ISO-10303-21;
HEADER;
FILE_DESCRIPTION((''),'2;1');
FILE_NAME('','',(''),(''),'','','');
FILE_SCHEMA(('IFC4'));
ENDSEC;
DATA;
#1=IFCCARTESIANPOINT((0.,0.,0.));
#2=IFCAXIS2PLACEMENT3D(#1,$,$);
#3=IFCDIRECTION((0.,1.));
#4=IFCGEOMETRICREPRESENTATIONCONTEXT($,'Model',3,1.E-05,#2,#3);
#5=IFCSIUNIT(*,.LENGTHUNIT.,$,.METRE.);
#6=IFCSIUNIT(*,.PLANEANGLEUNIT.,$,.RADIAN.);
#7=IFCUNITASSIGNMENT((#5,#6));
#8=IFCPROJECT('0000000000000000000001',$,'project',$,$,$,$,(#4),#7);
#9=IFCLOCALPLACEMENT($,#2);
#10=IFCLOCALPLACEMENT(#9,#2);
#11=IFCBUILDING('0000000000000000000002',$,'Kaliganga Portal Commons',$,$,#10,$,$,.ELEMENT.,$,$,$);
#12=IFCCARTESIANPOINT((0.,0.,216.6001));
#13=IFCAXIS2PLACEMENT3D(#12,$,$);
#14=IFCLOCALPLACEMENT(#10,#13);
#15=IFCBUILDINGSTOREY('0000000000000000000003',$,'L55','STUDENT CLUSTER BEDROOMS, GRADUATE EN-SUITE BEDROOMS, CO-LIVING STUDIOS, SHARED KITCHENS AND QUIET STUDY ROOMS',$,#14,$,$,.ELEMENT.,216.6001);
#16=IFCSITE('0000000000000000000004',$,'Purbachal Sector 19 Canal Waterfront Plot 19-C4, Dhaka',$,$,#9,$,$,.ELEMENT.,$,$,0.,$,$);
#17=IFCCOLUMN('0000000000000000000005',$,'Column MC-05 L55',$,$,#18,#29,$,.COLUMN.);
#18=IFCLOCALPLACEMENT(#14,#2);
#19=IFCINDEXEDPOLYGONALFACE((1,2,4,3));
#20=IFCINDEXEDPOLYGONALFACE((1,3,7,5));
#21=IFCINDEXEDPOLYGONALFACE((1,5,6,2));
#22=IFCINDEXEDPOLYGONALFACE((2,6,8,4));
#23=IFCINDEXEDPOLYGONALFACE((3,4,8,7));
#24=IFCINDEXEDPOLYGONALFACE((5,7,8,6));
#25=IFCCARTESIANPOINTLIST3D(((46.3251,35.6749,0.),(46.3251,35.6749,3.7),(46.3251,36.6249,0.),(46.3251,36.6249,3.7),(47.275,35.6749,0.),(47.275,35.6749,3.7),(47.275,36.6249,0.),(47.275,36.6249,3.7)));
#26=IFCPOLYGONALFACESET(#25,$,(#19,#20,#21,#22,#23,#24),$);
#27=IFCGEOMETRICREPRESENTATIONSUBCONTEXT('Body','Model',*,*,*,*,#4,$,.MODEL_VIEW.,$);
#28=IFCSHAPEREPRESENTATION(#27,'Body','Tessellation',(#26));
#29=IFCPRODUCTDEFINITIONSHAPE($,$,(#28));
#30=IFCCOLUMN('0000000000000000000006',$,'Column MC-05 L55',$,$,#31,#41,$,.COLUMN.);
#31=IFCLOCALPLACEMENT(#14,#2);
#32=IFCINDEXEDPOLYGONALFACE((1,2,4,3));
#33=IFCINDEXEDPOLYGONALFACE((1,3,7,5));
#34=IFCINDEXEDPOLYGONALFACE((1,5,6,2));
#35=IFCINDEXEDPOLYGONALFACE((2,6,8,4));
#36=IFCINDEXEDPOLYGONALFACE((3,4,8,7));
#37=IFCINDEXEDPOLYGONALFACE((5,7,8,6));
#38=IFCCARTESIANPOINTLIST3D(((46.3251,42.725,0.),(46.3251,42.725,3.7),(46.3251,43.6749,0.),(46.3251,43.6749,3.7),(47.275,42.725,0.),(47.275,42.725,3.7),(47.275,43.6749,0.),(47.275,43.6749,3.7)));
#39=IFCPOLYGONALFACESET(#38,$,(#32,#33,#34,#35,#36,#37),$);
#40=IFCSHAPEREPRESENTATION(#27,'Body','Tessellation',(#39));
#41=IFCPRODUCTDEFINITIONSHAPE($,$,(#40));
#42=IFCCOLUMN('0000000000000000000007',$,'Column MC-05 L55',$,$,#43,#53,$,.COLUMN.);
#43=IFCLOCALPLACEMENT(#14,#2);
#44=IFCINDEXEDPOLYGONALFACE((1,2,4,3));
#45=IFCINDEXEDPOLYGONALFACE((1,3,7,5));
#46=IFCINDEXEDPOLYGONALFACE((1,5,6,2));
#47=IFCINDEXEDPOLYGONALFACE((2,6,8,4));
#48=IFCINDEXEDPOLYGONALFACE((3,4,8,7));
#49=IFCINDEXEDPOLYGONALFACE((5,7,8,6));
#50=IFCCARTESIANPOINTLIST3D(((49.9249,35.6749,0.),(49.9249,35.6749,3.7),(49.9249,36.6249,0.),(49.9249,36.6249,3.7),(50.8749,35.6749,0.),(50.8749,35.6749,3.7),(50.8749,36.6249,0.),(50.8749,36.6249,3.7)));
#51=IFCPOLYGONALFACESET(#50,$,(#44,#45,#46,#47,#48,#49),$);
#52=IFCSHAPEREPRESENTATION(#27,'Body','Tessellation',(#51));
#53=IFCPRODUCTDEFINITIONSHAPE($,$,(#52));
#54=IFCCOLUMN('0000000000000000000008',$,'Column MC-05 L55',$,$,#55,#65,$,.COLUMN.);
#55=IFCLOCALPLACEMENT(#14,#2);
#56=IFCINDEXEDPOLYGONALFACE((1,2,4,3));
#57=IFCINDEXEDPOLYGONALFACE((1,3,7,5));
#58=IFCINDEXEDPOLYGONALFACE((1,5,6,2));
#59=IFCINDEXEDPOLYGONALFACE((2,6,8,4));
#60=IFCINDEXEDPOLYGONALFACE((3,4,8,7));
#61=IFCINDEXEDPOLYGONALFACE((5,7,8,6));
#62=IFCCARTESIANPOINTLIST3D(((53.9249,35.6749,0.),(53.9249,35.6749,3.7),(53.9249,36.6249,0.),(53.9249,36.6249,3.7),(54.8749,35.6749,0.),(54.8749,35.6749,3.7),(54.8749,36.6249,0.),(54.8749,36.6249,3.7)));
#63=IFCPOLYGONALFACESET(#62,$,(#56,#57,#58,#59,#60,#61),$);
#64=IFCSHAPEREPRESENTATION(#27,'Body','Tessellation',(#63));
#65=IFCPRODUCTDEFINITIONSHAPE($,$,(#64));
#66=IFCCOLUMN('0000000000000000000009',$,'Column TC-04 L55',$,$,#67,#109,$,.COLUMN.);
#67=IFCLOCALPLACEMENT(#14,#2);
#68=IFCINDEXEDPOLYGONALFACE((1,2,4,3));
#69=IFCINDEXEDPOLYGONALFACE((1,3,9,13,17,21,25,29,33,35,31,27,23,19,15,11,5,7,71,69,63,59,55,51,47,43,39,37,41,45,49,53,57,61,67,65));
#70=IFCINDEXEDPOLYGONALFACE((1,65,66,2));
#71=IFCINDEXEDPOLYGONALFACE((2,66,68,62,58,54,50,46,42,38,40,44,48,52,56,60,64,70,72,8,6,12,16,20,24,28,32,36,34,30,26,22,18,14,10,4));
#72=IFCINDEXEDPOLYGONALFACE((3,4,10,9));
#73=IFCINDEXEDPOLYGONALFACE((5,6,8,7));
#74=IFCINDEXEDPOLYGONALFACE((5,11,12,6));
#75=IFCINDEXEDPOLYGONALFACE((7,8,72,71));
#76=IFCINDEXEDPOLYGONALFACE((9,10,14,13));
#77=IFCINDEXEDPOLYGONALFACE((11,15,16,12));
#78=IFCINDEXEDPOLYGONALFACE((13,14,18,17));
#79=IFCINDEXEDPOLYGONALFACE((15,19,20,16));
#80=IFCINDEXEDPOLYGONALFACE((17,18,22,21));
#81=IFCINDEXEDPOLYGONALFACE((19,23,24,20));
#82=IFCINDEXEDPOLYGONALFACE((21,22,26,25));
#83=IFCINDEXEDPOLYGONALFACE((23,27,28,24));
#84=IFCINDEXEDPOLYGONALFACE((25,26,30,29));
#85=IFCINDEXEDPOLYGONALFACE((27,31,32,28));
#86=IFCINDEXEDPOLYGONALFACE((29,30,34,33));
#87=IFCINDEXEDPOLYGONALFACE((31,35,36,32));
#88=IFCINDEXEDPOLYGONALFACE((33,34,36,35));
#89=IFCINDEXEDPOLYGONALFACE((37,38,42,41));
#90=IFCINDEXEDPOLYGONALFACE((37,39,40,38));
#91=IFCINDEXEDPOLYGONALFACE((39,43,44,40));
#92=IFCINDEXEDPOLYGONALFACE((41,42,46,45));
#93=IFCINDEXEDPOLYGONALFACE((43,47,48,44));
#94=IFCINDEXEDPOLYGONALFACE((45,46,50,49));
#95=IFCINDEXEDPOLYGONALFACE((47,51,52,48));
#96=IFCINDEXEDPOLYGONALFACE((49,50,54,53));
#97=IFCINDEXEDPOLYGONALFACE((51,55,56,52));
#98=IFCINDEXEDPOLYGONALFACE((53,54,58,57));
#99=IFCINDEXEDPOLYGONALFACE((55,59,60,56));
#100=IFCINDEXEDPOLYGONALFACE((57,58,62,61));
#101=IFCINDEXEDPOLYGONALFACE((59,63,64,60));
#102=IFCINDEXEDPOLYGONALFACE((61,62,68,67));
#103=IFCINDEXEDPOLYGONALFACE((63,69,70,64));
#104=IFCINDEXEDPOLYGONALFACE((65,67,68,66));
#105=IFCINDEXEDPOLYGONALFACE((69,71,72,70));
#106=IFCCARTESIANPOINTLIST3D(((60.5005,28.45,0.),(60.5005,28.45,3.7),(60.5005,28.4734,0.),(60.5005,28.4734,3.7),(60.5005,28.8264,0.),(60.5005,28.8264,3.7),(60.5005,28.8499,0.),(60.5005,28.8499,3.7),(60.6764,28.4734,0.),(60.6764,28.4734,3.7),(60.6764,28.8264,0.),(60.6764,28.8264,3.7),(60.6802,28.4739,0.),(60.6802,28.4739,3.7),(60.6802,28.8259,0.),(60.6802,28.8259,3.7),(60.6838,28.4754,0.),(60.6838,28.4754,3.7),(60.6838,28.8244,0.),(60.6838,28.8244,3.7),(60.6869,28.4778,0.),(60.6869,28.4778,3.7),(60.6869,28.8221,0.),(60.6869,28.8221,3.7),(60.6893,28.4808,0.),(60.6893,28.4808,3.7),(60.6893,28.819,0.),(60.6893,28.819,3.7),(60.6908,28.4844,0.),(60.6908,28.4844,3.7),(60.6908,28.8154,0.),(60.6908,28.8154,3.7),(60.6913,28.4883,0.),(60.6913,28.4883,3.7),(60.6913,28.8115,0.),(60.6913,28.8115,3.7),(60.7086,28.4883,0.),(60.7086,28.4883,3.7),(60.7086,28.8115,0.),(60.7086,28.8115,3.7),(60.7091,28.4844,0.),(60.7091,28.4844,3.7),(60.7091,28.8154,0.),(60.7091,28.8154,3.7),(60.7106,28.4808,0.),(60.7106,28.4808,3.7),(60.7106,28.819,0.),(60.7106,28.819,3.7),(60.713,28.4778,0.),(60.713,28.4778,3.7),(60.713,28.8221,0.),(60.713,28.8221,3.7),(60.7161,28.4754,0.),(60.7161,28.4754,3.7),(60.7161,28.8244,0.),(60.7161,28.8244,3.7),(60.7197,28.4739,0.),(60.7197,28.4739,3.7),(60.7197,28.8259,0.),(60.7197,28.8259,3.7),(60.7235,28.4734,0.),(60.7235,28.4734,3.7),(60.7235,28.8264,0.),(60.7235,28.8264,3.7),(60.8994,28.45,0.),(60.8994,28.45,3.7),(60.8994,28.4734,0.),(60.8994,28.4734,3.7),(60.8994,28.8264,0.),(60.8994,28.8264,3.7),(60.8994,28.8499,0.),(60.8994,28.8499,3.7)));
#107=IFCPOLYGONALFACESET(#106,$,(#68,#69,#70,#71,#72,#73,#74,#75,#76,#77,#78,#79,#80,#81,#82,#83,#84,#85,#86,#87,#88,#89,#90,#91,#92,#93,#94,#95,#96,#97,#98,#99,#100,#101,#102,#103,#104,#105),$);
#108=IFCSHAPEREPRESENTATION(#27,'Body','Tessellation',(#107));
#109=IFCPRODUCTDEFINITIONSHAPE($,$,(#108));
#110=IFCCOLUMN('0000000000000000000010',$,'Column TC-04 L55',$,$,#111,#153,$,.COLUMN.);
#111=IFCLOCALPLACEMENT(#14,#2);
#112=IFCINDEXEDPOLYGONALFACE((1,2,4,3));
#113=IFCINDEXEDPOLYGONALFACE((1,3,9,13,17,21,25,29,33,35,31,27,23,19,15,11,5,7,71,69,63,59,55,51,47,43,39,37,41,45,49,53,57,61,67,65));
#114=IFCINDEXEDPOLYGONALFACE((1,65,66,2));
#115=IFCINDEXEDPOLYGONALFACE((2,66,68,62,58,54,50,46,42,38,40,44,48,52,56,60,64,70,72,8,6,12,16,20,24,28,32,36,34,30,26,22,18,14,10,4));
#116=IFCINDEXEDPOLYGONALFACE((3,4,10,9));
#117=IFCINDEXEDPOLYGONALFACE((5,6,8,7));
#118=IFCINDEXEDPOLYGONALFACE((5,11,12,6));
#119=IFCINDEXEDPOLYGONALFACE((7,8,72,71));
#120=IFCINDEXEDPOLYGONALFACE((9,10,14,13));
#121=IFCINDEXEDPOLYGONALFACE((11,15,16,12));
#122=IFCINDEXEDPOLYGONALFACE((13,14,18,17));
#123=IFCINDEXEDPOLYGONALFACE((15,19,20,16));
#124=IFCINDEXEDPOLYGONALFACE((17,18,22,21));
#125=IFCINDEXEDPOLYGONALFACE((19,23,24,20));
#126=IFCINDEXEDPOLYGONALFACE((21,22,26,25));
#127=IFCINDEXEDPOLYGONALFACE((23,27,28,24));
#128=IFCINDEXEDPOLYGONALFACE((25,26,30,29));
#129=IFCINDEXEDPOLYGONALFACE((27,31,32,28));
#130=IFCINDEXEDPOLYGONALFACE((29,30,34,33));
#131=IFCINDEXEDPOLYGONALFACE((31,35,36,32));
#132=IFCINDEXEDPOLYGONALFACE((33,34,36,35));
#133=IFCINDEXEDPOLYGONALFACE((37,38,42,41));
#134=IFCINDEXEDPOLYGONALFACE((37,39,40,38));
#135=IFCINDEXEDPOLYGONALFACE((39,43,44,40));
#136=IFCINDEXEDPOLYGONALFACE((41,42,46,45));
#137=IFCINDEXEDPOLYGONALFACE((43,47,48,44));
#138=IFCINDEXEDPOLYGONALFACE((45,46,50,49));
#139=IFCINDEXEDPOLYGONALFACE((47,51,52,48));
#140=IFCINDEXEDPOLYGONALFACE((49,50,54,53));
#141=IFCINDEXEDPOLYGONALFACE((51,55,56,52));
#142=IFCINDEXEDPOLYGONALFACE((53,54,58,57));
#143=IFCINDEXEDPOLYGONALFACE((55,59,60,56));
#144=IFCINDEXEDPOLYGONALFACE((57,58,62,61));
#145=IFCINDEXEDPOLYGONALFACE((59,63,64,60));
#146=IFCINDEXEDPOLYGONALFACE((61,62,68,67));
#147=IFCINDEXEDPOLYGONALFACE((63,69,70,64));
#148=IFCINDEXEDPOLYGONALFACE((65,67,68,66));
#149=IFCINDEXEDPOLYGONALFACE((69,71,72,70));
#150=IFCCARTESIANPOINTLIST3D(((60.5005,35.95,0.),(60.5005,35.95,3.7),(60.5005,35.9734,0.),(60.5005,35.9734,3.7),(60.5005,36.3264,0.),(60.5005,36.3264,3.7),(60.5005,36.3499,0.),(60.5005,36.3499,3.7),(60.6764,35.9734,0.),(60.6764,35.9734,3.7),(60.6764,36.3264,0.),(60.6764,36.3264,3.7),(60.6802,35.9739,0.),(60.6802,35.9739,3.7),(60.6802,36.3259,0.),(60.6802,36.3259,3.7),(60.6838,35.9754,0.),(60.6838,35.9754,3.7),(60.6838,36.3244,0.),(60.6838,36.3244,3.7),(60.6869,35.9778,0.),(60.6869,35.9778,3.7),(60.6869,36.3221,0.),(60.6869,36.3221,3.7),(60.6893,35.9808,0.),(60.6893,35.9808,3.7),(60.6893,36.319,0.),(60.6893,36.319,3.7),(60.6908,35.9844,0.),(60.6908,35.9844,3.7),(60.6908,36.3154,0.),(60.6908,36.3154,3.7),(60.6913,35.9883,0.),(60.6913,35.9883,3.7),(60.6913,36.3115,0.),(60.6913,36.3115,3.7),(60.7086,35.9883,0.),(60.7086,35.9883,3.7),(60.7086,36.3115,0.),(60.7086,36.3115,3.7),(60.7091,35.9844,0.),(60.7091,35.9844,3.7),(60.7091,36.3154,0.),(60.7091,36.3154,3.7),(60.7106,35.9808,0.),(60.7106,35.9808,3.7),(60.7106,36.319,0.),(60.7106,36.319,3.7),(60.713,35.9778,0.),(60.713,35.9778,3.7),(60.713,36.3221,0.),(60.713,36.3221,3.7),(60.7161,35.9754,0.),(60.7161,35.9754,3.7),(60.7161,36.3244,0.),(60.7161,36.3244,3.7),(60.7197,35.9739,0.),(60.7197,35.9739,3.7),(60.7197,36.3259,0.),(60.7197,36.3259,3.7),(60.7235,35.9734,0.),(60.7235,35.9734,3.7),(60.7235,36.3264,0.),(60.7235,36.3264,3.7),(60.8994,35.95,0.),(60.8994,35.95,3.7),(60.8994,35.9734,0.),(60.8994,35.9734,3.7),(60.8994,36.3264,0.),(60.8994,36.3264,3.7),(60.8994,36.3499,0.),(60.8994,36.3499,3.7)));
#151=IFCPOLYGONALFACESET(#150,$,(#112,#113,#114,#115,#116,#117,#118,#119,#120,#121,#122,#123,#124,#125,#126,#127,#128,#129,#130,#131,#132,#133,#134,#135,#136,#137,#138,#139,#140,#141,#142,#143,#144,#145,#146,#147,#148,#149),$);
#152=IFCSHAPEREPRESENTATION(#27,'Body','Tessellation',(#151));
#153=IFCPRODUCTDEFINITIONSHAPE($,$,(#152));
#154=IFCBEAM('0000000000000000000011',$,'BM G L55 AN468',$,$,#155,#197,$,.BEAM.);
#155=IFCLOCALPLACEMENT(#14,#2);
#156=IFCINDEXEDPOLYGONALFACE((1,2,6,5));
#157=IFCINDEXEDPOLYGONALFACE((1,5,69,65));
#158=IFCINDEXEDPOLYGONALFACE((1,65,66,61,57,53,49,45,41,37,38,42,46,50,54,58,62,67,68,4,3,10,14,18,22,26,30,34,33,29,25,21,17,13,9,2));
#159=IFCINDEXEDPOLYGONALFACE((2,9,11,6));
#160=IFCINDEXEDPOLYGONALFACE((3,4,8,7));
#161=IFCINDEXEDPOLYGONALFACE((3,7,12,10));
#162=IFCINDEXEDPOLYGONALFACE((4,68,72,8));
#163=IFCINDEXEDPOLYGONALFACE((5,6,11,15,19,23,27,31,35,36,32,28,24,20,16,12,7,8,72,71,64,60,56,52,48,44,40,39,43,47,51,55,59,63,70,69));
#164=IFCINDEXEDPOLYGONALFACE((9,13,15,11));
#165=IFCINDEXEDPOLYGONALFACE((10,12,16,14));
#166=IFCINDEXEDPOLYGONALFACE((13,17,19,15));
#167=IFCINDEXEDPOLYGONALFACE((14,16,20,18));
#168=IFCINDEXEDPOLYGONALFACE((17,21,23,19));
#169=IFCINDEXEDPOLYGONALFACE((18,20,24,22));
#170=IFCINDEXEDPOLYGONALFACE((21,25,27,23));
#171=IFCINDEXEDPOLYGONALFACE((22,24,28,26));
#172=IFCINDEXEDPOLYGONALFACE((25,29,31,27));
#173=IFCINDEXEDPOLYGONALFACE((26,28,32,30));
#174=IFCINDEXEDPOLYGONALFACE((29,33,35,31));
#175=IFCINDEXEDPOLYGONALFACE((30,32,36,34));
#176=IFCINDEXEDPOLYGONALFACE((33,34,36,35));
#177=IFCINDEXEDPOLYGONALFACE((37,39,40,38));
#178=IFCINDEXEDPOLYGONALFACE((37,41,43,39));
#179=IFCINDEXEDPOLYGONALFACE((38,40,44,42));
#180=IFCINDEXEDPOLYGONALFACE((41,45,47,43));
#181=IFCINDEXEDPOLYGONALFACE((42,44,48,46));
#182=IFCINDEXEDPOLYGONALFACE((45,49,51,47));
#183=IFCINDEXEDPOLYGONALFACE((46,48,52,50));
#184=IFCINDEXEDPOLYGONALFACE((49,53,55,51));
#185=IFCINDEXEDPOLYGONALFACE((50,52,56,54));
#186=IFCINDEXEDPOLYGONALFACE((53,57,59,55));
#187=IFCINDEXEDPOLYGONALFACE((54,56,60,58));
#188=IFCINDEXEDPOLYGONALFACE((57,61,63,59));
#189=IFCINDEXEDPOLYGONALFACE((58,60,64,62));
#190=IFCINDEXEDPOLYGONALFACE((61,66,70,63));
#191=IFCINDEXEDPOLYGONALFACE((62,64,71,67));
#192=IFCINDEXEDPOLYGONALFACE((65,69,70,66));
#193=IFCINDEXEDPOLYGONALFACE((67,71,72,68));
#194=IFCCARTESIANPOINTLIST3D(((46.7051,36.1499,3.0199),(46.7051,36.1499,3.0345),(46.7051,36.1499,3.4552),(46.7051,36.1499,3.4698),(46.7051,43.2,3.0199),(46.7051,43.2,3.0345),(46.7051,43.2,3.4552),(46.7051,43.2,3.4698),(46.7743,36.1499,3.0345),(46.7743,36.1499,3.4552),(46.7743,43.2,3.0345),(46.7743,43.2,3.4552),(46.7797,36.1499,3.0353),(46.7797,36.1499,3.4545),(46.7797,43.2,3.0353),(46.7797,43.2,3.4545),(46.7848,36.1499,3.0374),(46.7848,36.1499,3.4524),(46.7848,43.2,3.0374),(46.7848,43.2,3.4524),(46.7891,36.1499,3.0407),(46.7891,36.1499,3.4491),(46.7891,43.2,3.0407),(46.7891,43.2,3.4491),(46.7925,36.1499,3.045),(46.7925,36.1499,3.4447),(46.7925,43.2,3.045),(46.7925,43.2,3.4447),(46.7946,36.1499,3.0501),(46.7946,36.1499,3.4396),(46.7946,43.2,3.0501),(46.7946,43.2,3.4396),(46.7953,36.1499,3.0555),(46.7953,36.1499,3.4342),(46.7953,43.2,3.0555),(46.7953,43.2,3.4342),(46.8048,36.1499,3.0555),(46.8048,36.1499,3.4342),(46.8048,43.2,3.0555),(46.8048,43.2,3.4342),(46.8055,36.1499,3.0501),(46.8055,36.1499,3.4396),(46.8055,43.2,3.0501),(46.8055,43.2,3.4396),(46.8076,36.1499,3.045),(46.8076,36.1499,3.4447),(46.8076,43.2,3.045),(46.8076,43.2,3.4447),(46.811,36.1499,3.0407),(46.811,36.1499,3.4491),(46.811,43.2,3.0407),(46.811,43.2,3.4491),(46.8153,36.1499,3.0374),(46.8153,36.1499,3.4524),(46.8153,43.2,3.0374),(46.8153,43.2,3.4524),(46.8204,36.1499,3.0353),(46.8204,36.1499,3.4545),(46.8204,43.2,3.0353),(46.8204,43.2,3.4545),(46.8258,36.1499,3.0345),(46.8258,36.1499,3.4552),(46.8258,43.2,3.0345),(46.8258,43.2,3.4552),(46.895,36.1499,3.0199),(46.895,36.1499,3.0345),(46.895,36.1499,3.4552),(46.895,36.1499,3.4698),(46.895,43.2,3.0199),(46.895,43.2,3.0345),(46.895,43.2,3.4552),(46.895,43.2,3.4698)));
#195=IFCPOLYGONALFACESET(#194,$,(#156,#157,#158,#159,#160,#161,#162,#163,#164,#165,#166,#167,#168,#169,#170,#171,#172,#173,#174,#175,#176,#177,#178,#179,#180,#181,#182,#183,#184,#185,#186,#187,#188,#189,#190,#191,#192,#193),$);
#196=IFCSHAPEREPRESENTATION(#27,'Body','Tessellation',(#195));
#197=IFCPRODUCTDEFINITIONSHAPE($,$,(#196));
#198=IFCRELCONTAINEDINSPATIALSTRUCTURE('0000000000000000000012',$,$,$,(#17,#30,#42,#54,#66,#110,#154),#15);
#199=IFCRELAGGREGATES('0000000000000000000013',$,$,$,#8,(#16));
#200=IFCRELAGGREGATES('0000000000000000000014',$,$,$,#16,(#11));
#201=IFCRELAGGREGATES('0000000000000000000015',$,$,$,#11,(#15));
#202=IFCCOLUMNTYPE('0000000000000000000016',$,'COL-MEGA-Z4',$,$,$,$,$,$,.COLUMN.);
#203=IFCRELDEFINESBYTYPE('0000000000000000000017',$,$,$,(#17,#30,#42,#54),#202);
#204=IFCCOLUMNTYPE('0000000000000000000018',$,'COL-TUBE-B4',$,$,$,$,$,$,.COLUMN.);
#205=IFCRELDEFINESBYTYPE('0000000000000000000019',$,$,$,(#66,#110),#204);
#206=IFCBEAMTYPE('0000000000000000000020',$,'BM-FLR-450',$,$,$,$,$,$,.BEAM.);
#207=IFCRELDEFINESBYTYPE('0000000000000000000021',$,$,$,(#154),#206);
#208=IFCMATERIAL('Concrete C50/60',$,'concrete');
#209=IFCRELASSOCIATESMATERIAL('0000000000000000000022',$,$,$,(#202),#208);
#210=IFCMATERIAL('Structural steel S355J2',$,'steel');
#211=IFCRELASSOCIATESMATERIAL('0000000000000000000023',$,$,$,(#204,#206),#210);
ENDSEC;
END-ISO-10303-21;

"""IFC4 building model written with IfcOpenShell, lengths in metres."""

from ifc_helpers import new_model, si_unit, direction, frame, origin, origin_2d, place, context, subcontext, project, spatial, rectangle, i_section, extrude, source, transform, mapped, material, material_profile, profile_set, type_object, element, save


model = new_model("IFC4")

# Units and contexts
model_context = context("Model", 3, precision=1e-05, world=origin(), true_north=direction((0.0, 1.0)))
body_context = subcontext(model_context, "Body", "Model", "MODEL_VIEW")
ifc_project = project(units=[si_unit("LENGTHUNIT", "METRE"), si_unit("PLANEANGLEUNIT", "RADIAN")], contexts=[model_context])

# Site, building, storey
site_placement = place(None, origin())
site = spatial("IfcSite", under=ifc_project, at=site_placement, Name="Purbachal Sector 19 Canal Waterfront Plot 19-C4, Dhaka", CompositionType="ELEMENT", RefElevation=0.0)
building_placement = place(site_placement, origin())
building = spatial("IfcBuilding", under=site, at=building_placement, Name="Kaliganga Portal Commons", CompositionType="ELEMENT")
storey_placement = place(building_placement, frame((0.0, 0.0, 216.6001)))
storey = spatial("IfcBuildingStorey", under=building, at=storey_placement, Name="L55", Description="STUDENT CLUSTER BEDROOMS, GRADUATE EN-SUITE BEDROOMS, CO-LIVING STUDIOS, SHARED KITCHENS AND QUIET STUDY ROOMS", CompositionType="ELEMENT", Elevation=216.6001)

# Columns
ifc_material_1 = material(Name="Concrete C50/60", Category="concrete")
ifc_material_profile_1 = material_profile(ifc_material_1, rectangle(XDim=0.95, YDim=0.95, at=origin_2d()), Name="RC 950x950")
ifc_profile_set_1 = profile_set([ifc_material_profile_1], Name="Concrete C50/60")
column_type_1 = type_object("IfcColumnType", Name="COL-MEGA-Z4", PredefinedType="COLUMN", material=ifc_profile_set_1)
shared_shape_1 = source(origin(), body_context, "Body", "SweptSolid", [
    extrude(rectangle(XDim=0.95, YDim=0.95, at=origin_2d()), origin(), (0.0, 0.0, 1.0), 3.7),
])
for number, where, z_axis, x_axis, name in (
    (1, (46.8, 36.1499, 0.0), (0.0, 0.0, 1.0), (1.0, 0.0, 0.0), "Column MC-05 L55"),
    (2, (46.8, 43.2, 0.0), (0.0, 0.0, 1.0), (1.0, 0.0, 0.0), "Column MC-05 L55"),
    (3, (50.3999, 36.1499, 0.0), (0.0, 0.0, 1.0), (1.0, 0.0, 0.0), "Column MC-05 L55"),
    (4, (54.3999, 36.1499, 0.0), (0.0, 0.0, 1.0), (1.0, 0.0, 0.0), "Column MC-05 L55"),
):
    element("IfcColumn", number, at=place(storey_placement, frame(where, z_axis=z_axis, x_axis=x_axis)), inside=storey, type_object=column_type_1, Name=name, PredefinedType="COLUMN", context=body_context, shape_type="MappedRepresentation", body=[
        mapped(shared_shape_1, transform((0.0, 0.0, 0.0), x_axis=(1.0, 0.0, 0.0), y_axis=(0.0, 1.0, 0.0), z_axis=(0.0, 0.0, 1.0), scale=1.0)),
    ])
ifc_material_2 = material(Name="Structural steel S355J2", Category="steel")
ifc_material_profile_2 = material_profile(ifc_material_2, i_section(OverallWidth=0.3989, OverallDepth=0.3999, WebThickness=0.0173, FlangeThickness=0.0234, FilletRadius=0.0149, at=origin_2d()), Name="HD 400x287")
ifc_profile_set_2 = profile_set([ifc_material_profile_2], Name="Structural steel S355J2 wide-flange")
column_type_2 = type_object("IfcColumnType", Name="COL-TUBE-B4", PredefinedType="COLUMN", material=ifc_profile_set_2)
shared_shape_2 = source(origin(), body_context, "Body", "SweptSolid", [
    extrude(i_section(OverallWidth=0.3989, OverallDepth=0.3999, WebThickness=0.0173, FlangeThickness=0.0234, FilletRadius=0.0149, at=origin_2d()), origin(), (0.0, 0.0, 1.0), 3.7),
])
for number, where, z_axis, x_axis, name in (
    (5, (60.7, 28.6499, 0.0), (0.0, 0.0, 1.0), (1.0, 0.0, 0.0), "Column TC-04 L55"),
    (6, (60.7, 36.1499, 0.0), (0.0, 0.0, 1.0), (1.0, 0.0, 0.0), "Column TC-04 L55"),
):
    element("IfcColumn", number, at=place(storey_placement, frame(where, z_axis=z_axis, x_axis=x_axis)), inside=storey, type_object=column_type_2, Name=name, PredefinedType="COLUMN", context=body_context, shape_type="MappedRepresentation", body=[
        mapped(shared_shape_2, transform((0.0, 0.0, 0.0), x_axis=(1.0, 0.0, 0.0), y_axis=(0.0, 1.0, 0.0), z_axis=(0.0, 0.0, 1.0), scale=1.0)),
    ])

# Beam
ifc_material_profile_3 = material_profile(ifc_material_2, i_section(OverallWidth=0.1899, OverallDepth=0.45, WebThickness=0.0095, FlangeThickness=0.0146, FilletRadius=0.021, at=origin_2d()), Name="IPE 450")
ifc_profile_set_3 = profile_set([ifc_material_profile_3], Name="Structural steel S355J2 wide-flange")
beam_type_1 = type_object("IfcBeamType", Name="BM-FLR-450", PredefinedType="BEAM", material=ifc_profile_set_3)
shared_shape_3 = source(origin(), body_context, "Body", "SweptSolid", [
    extrude(i_section(OverallWidth=0.1899, OverallDepth=0.45, WebThickness=0.0095, FlangeThickness=0.0146, FilletRadius=0.021, at=origin_2d()), origin(), (0.0, 0.0, 1.0), 7.05),
])
beam_1_placement = place(storey_placement, frame((46.8, 36.1499, 3.2449), z_axis=(0.0, 1.0, 0.0), x_axis=(-1.0, 0.0, 0.0)))
element("IfcBeam", 7, at=beam_1_placement, inside=storey, type_object=beam_type_1, Name="BM G L55 AN468", PredefinedType="BEAM", context=body_context, shape_type="MappedRepresentation", body=[
    mapped(shared_shape_3, transform((0.0, 0.0, 0.0), x_axis=(1.0, 0.0, 0.0), y_axis=(0.0, 1.0, 0.0), z_axis=(0.0, 0.0, 1.0), scale=1.0)),
])

save(model, "model.ifc")
